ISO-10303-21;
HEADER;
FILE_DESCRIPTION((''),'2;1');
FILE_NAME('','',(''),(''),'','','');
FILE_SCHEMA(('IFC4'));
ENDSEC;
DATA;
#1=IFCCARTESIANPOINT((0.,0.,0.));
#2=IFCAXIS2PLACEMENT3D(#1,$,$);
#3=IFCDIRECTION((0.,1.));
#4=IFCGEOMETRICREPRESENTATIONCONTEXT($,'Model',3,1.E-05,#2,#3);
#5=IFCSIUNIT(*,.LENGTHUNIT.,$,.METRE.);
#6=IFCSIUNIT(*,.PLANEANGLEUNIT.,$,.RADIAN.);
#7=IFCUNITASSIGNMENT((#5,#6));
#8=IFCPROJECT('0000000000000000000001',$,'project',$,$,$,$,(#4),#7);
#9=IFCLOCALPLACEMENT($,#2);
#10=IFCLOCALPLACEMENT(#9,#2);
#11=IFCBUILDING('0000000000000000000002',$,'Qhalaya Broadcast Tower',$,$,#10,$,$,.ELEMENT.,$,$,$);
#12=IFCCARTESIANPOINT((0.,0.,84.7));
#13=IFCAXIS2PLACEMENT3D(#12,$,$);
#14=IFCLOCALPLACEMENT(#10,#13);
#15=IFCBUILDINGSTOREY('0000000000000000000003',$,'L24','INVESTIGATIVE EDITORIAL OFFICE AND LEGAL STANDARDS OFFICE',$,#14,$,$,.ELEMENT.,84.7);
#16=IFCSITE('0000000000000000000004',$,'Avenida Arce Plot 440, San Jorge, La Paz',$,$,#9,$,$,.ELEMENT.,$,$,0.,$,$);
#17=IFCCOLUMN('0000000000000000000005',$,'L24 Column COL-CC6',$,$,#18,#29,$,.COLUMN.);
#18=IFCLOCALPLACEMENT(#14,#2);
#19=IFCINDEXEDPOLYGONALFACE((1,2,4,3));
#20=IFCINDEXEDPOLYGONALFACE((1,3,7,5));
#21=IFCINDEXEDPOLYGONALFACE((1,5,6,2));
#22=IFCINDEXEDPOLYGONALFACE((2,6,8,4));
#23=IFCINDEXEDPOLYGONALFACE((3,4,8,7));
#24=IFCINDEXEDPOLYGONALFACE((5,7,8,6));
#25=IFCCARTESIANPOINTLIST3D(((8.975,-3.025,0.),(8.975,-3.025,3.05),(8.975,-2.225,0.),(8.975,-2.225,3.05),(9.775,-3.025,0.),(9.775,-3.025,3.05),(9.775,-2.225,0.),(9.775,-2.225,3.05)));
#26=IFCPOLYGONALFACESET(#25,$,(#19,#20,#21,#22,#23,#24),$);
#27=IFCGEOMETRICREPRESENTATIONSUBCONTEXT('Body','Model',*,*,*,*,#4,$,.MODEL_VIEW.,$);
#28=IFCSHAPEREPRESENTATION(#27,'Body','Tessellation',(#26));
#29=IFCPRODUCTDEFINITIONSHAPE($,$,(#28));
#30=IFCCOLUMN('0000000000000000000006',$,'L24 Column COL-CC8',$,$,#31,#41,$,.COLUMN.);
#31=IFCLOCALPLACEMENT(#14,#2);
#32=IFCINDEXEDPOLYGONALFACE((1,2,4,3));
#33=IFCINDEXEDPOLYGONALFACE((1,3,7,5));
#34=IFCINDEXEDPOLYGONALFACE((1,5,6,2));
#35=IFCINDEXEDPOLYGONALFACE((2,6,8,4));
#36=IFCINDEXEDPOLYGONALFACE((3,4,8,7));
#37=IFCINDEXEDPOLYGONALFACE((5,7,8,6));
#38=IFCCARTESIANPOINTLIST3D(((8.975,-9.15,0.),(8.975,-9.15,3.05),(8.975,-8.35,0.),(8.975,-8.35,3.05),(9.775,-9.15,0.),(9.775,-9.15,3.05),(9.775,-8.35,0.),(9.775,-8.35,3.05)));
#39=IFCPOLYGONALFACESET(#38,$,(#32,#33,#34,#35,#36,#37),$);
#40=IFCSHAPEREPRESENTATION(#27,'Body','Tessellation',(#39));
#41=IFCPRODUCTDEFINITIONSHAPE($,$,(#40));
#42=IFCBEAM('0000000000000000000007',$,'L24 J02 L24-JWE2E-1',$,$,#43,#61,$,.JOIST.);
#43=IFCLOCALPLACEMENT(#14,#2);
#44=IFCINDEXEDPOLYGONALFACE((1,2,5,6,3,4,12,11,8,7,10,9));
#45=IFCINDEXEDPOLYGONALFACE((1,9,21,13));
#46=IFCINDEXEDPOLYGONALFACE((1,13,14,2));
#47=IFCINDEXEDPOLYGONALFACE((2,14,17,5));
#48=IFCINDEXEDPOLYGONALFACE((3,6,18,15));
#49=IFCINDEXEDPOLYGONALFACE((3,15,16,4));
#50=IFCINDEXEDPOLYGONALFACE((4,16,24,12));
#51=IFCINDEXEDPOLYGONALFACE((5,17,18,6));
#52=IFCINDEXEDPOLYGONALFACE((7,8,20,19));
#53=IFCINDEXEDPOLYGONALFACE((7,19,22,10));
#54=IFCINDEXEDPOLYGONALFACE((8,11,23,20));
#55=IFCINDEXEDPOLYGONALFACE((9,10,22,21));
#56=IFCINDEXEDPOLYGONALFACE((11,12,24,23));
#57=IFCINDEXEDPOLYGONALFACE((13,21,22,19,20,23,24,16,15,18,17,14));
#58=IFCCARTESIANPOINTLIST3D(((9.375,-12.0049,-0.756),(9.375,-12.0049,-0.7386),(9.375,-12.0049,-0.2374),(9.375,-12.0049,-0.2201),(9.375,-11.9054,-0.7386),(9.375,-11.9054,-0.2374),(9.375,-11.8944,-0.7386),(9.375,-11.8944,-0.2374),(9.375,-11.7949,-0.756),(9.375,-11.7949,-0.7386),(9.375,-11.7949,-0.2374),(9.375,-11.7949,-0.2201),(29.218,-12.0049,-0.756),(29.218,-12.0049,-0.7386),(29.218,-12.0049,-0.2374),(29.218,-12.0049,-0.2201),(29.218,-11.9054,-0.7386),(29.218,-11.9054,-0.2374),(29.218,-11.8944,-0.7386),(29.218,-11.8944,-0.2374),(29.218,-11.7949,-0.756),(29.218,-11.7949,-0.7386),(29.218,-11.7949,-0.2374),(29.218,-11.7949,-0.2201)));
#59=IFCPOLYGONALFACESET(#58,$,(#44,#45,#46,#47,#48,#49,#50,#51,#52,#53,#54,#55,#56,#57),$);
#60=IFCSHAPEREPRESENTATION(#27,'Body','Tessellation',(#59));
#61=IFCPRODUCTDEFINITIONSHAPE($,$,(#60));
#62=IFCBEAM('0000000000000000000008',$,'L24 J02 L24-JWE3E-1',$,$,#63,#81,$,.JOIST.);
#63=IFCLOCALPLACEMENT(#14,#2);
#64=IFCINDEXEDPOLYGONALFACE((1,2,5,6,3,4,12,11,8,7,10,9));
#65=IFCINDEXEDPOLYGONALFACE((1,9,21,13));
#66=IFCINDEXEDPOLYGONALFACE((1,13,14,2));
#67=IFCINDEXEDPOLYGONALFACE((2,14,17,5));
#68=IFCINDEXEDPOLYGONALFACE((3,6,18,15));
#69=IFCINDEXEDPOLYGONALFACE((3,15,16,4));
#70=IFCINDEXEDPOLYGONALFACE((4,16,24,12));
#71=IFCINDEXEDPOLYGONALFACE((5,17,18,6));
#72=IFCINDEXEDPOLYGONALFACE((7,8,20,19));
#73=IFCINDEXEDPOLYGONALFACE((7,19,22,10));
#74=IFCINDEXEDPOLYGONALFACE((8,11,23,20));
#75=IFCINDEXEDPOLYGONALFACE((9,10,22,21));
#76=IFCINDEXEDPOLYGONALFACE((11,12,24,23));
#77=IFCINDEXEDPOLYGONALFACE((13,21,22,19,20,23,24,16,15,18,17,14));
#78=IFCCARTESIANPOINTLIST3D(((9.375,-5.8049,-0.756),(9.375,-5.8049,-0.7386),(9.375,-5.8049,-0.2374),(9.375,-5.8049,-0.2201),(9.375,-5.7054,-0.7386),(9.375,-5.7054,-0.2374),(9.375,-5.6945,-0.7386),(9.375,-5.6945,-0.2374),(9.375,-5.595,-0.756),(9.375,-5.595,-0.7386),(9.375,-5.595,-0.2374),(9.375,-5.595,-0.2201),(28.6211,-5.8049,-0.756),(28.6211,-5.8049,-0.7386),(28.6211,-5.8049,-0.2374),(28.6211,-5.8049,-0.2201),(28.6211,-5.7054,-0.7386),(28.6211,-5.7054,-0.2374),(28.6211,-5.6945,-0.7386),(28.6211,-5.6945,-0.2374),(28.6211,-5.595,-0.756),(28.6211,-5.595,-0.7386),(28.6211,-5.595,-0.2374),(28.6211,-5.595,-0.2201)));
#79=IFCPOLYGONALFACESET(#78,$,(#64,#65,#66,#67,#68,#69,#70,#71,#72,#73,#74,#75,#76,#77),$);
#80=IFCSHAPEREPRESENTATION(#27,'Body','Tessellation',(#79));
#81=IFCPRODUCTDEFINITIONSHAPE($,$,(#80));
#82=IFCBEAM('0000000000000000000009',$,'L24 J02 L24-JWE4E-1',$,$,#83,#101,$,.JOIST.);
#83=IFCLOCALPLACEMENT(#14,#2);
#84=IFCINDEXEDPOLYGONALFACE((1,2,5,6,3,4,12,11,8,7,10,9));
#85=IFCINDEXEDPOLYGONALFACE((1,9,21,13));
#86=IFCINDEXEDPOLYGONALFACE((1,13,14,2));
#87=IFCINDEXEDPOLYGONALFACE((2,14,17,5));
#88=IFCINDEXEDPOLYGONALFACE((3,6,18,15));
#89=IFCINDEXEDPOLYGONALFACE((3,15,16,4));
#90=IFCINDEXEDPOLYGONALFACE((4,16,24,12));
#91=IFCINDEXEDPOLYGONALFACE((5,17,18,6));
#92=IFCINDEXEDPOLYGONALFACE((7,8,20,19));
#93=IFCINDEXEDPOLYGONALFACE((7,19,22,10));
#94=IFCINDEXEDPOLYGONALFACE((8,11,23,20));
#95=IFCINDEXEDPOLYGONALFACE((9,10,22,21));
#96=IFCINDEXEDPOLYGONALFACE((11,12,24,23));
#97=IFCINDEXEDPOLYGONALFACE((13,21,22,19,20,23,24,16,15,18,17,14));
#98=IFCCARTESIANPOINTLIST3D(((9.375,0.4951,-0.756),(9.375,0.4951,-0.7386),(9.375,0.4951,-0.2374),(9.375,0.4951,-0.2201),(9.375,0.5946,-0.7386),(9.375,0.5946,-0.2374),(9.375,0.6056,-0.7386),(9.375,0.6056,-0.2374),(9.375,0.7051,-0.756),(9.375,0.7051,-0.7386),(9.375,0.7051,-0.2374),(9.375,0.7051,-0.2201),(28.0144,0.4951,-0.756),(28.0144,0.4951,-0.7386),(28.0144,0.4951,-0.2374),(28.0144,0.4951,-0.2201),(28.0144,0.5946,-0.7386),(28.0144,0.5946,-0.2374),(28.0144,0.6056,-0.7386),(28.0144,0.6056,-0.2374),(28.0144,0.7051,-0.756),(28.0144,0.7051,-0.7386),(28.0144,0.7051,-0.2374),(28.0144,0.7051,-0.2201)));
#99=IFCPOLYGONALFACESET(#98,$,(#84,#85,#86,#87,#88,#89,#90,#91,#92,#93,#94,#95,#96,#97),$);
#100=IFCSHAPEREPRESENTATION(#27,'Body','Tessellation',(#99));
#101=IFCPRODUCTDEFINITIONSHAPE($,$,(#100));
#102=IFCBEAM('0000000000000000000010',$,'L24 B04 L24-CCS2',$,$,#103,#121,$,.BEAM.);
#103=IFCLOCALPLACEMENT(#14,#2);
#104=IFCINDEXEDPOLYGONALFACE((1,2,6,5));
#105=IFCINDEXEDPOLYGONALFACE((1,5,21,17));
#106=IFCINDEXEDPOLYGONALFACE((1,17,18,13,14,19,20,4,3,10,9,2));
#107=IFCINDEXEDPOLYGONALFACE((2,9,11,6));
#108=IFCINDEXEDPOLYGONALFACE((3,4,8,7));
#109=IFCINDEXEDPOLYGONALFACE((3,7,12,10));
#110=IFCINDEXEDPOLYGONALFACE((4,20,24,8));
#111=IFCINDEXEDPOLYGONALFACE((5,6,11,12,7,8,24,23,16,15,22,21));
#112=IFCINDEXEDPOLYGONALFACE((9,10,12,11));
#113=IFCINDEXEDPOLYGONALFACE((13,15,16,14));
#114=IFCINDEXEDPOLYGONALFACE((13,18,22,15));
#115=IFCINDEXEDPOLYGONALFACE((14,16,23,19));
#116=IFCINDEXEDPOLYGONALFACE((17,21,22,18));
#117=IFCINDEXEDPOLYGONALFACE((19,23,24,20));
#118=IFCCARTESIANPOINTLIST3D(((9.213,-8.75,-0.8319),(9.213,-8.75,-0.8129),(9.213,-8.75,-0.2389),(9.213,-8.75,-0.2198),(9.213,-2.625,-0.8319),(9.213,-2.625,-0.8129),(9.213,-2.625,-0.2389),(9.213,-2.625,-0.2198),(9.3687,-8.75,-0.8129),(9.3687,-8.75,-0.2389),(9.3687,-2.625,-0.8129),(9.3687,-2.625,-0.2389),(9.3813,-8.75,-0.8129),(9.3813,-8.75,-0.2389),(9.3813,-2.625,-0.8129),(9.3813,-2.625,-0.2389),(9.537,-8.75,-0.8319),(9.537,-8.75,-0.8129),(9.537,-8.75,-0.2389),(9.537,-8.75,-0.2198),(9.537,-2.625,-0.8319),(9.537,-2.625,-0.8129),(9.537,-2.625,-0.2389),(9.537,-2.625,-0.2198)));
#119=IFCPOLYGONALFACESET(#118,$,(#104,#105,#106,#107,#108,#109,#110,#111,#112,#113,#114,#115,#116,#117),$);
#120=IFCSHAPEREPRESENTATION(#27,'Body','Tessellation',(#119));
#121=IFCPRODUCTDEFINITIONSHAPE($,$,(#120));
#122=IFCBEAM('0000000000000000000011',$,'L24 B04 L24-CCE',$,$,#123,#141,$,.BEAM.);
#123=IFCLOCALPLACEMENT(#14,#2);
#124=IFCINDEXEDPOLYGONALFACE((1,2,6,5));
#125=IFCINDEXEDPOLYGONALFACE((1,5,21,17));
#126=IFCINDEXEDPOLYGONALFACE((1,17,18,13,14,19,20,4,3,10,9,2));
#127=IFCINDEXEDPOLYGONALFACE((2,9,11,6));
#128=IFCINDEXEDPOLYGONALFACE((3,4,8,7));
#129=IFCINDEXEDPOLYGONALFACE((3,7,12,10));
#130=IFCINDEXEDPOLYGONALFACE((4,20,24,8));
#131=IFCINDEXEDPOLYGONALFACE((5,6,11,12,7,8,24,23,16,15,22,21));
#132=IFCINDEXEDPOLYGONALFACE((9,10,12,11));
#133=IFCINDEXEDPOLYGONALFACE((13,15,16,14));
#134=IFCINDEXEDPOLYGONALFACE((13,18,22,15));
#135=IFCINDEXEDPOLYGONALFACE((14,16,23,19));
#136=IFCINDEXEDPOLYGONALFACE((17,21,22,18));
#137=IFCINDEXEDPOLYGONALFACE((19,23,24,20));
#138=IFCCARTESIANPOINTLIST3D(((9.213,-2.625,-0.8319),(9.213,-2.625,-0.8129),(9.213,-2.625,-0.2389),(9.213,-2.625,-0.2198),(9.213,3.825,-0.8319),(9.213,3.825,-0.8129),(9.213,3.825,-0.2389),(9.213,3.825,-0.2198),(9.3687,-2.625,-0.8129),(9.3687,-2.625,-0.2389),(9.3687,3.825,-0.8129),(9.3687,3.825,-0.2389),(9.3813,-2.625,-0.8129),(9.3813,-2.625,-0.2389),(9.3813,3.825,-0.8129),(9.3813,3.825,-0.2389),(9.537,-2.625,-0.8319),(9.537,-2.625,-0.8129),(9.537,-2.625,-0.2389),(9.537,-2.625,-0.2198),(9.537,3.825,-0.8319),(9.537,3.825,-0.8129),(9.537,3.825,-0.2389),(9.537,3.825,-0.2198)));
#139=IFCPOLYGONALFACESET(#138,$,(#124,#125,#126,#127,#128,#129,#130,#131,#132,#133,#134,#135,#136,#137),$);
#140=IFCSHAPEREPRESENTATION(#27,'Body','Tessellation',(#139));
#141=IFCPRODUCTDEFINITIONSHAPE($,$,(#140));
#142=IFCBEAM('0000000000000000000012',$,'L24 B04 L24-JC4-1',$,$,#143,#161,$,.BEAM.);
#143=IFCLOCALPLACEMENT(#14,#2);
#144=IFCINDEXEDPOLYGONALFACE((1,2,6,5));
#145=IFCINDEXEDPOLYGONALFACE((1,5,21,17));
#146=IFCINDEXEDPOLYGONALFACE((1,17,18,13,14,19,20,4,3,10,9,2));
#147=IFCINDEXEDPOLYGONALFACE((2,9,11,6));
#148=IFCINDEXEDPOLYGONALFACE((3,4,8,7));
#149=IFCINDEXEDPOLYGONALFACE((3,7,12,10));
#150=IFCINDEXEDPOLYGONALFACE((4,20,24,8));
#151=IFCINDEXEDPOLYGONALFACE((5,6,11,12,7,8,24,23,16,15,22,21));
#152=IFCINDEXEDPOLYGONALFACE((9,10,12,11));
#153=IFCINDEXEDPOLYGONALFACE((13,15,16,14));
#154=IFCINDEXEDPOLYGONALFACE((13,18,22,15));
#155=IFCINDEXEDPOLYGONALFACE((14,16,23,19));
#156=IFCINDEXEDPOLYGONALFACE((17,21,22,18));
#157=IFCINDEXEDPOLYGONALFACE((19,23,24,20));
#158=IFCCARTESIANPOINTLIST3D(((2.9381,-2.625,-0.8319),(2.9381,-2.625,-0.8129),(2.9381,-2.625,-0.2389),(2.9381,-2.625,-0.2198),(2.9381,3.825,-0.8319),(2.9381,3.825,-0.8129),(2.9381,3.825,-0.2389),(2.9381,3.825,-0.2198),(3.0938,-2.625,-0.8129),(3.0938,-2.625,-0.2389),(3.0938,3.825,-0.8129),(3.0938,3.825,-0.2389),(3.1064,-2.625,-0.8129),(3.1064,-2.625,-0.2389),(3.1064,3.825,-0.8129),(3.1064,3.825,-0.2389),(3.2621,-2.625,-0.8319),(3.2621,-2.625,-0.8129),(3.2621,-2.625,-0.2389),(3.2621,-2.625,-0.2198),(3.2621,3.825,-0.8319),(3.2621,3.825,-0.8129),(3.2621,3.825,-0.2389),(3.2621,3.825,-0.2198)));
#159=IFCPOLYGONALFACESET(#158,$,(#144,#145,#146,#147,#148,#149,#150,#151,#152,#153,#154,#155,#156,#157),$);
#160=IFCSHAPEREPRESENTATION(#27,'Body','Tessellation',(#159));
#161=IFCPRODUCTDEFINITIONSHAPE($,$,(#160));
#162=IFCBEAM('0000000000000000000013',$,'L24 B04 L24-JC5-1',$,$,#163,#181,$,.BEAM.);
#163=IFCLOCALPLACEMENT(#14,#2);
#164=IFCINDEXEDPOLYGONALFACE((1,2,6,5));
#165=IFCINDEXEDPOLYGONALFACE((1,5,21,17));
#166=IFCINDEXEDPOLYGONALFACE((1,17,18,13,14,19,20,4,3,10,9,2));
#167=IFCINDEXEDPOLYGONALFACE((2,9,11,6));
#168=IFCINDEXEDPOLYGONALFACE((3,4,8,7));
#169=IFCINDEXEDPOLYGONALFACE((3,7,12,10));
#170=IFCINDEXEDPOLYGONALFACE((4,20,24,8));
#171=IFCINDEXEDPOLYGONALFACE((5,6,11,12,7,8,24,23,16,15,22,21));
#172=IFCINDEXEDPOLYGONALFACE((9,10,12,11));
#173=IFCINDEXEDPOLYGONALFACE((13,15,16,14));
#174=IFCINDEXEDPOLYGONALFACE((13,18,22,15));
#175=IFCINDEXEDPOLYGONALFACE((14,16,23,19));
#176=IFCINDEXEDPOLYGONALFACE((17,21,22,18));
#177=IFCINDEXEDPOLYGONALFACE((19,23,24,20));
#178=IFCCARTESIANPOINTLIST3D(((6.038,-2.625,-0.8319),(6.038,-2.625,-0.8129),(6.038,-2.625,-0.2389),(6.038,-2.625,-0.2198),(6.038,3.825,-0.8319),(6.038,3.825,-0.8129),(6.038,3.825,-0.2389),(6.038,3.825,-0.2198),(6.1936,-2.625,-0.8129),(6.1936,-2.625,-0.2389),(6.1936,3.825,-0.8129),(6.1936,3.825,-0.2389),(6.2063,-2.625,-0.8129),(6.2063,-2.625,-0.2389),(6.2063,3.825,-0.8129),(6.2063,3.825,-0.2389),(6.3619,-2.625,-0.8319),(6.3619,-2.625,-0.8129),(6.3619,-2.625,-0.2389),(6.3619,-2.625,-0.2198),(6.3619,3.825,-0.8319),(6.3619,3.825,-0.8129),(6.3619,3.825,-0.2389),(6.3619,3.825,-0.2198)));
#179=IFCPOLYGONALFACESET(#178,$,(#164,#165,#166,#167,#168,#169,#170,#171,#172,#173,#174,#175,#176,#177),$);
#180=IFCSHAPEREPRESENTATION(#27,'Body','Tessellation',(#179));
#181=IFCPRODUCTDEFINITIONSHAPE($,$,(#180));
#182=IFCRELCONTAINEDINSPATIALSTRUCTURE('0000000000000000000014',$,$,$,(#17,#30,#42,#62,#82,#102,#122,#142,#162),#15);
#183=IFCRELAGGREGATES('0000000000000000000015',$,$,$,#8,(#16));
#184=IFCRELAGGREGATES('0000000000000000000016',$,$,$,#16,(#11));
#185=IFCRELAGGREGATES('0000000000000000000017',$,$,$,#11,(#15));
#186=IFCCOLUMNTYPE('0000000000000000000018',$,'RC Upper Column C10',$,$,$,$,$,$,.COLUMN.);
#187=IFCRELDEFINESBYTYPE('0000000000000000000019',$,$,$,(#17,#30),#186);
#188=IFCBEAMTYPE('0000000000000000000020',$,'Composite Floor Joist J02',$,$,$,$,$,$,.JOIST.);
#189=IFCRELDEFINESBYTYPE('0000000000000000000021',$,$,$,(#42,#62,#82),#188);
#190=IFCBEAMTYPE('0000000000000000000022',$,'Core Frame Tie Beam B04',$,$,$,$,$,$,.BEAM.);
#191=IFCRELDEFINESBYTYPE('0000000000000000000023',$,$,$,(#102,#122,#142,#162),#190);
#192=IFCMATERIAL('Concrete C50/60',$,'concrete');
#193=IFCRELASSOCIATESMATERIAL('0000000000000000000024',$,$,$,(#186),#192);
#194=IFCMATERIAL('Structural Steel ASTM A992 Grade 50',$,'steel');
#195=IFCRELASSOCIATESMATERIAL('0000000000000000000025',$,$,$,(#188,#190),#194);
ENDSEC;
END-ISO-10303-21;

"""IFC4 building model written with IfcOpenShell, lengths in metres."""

from ifc_helpers import new_model, si_unit, direction, frame, origin, origin_2d, place, context, subcontext, project, spatial, rectangle, i_section, extrude, material, material_profile, profile_set, type_object, element, save


model = new_model("IFC4")

# Units and contexts
model_context = context("Model", 3, precision=1e-05, world=origin(), true_north=direction((0.0, 1.0)))
body_context = subcontext(model_context, "Body", "Model", "MODEL_VIEW")
ifc_project = project(units=[si_unit("LENGTHUNIT", "METRE"), si_unit("PLANEANGLEUNIT", "RADIAN")], contexts=[model_context])

# Site, building, storey
site_placement = place(None, origin())
site = spatial("IfcSite", under=ifc_project, at=site_placement, Name="Avenida Arce Plot 440, San Jorge, La Paz", CompositionType="ELEMENT", RefElevation=0.0)
building_placement = place(site_placement, origin())
building = spatial("IfcBuilding", under=site, at=building_placement, Name="Qhalaya Broadcast Tower", CompositionType="ELEMENT")
storey_placement = place(building_placement, frame((0.0, 0.0, 84.7)))
storey = spatial("IfcBuildingStorey", under=building, at=storey_placement, Name="L24", Description="INVESTIGATIVE EDITORIAL OFFICE AND LEGAL STANDARDS OFFICE", CompositionType="ELEMENT", Elevation=84.7)

# Columns
ifc_material_1 = material(Name="Concrete C50/60", Category="concrete")
ifc_material_profile_1 = material_profile(ifc_material_1, rectangle(XDim=0.8, YDim=0.8, at=origin_2d()), Name="RC-COL 800x800")
ifc_profile_set_1 = profile_set([ifc_material_profile_1], Name="Concrete C50/60")
column_type = type_object("IfcColumnType", Name="RC Upper Column C10", PredefinedType="COLUMN", material=ifc_profile_set_1)
for number, where, z_axis, x_axis, name in (
    (1, (9.375, -2.625, 0.0), (0.0, 0.0, 1.0), (1.0, 0.0, 0.0), "L24 Column COL-CC6"),
    (2, (9.375, -8.75, 0.0), (0.0, 0.0, 1.0), (1.0, 0.0, 0.0), "L24 Column COL-CC8"),
):
    element("IfcColumn", number, at=place(storey_placement, frame(where, z_axis=z_axis, x_axis=x_axis)), inside=storey, type_object=column_type, Name=name, PredefinedType="COLUMN", context=body_context, shape_type="SweptSolid", body=[
        extrude(rectangle(XDim=0.8, YDim=0.8, at=origin_2d()), origin(), (0.0, 0.0, 1.0), 3.05),
    ])

# Beams
ifc_material_2 = material(Name="Structural Steel ASTM A992 Grade 50", Category="steel")
ifc_material_profile_2 = material_profile(ifc_material_2, i_section(OverallWidth=0.21, OverallDepth=0.5359, WebThickness=0.011, FlangeThickness=0.0173, at=origin_2d()), Name="W21X68")
ifc_profile_set_2 = profile_set([ifc_material_profile_2], Name="Structural Steel ASTM A992 Grade 50")
beam_type_1 = type_object("IfcBeamType", Name="Composite Floor Joist J02", PredefinedType="JOIST", material=ifc_profile_set_2)
beam_1_placement = place(storey_placement, frame((9.375, -11.8999, -0.488), z_axis=(1.0, 0.0, 0.0), x_axis=(0.0, 1.0, 0.0)))
element("IfcBeam", 3, at=beam_1_placement, inside=storey, type_object=beam_type_1, Name="L24 J02 L24-JWE2E-1", PredefinedType="JOIST", context=body_context, shape_type="SweptSolid", body=[
    extrude(i_section(OverallWidth=0.21, OverallDepth=0.5359, WebThickness=0.011, FlangeThickness=0.0173, at=origin_2d()), origin(), (0.0, 0.0, 1.0), 19.843),
])
beam_2_placement = place(storey_placement, frame((9.375, -5.7, -0.488), z_axis=(1.0, 0.0, 0.0), x_axis=(0.0, 1.0, 0.0)))
element("IfcBeam", 4, at=beam_2_placement, inside=storey, type_object=beam_type_1, Name="L24 J02 L24-JWE3E-1", PredefinedType="JOIST", context=body_context, shape_type="SweptSolid", body=[
    extrude(i_section(OverallWidth=0.21, OverallDepth=0.5359, WebThickness=0.011, FlangeThickness=0.0173, at=origin_2d()), origin(), (0.0, 0.0, 1.0), 19.2461),
])
beam_3_placement = place(storey_placement, frame((9.375, 0.6001, -0.488), z_axis=(1.0, 0.0, 0.0), x_axis=(0.0, 1.0, 0.0)))
element("IfcBeam", 5, at=beam_3_placement, inside=storey, type_object=beam_type_1, Name="L24 J02 L24-JWE4E-1", PredefinedType="JOIST", context=body_context, shape_type="SweptSolid", body=[
    extrude(i_section(OverallWidth=0.21, OverallDepth=0.5359, WebThickness=0.011, FlangeThickness=0.0173, at=origin_2d()), origin(), (0.0, 0.0, 1.0), 18.6394),
])
ifc_material_profile_3 = material_profile(ifc_material_2, i_section(OverallWidth=0.324, OverallDepth=0.6121, WebThickness=0.0127, FlangeThickness=0.019, at=origin_2d()), Name="W24X104")
ifc_profile_set_3 = profile_set([ifc_material_profile_3], Name="Structural Steel ASTM A992 Grade 50")
beam_type_2 = type_object("IfcBeamType", Name="Core Frame Tie Beam B04", PredefinedType="BEAM", material=ifc_profile_set_3)
beam_4_placement = place(storey_placement, frame((9.375, -8.75, -0.5259), z_axis=(0.0, 1.0, 0.0), x_axis=(-1.0, 0.0, 0.0)))
element("IfcBeam", 6, at=beam_4_placement, inside=storey, type_object=beam_type_2, Name="L24 B04 L24-CCS2", PredefinedType="BEAM", context=body_context, shape_type="SweptSolid", body=[
    extrude(i_section(OverallWidth=0.324, OverallDepth=0.6121, WebThickness=0.0127, FlangeThickness=0.019, at=origin_2d()), origin(), (0.0, 0.0, 1.0), 6.125),
])
for number, where, z_axis, x_axis, name in (
    (7, (9.375, -2.625, -0.5259), (0.0, 1.0, 0.0), (-1.0, 0.0, 0.0), "L24 B04 L24-CCE"),
    (8, (3.1001, -2.625, -0.5259), (0.0, 1.0, 0.0), (-1.0, 0.0, 0.0), "L24 B04 L24-JC4-1"),
    (9, (6.2, -2.625, -0.5259), (0.0, 1.0, 0.0), (-1.0, 0.0, 0.0), "L24 B04 L24-JC5-1"),
):
    element("IfcBeam", number, at=place(storey_placement, frame(where, z_axis=z_axis, x_axis=x_axis)), inside=storey, type_object=beam_type_2, Name=name, PredefinedType="BEAM", context=body_context, shape_type="SweptSolid", body=[
        extrude(i_section(OverallWidth=0.324, OverallDepth=0.6121, WebThickness=0.0127, FlangeThickness=0.019, at=origin_2d()), origin(), (0.0, 0.0, 1.0), 6.45),
    ])

save(model, "model.ifc")
